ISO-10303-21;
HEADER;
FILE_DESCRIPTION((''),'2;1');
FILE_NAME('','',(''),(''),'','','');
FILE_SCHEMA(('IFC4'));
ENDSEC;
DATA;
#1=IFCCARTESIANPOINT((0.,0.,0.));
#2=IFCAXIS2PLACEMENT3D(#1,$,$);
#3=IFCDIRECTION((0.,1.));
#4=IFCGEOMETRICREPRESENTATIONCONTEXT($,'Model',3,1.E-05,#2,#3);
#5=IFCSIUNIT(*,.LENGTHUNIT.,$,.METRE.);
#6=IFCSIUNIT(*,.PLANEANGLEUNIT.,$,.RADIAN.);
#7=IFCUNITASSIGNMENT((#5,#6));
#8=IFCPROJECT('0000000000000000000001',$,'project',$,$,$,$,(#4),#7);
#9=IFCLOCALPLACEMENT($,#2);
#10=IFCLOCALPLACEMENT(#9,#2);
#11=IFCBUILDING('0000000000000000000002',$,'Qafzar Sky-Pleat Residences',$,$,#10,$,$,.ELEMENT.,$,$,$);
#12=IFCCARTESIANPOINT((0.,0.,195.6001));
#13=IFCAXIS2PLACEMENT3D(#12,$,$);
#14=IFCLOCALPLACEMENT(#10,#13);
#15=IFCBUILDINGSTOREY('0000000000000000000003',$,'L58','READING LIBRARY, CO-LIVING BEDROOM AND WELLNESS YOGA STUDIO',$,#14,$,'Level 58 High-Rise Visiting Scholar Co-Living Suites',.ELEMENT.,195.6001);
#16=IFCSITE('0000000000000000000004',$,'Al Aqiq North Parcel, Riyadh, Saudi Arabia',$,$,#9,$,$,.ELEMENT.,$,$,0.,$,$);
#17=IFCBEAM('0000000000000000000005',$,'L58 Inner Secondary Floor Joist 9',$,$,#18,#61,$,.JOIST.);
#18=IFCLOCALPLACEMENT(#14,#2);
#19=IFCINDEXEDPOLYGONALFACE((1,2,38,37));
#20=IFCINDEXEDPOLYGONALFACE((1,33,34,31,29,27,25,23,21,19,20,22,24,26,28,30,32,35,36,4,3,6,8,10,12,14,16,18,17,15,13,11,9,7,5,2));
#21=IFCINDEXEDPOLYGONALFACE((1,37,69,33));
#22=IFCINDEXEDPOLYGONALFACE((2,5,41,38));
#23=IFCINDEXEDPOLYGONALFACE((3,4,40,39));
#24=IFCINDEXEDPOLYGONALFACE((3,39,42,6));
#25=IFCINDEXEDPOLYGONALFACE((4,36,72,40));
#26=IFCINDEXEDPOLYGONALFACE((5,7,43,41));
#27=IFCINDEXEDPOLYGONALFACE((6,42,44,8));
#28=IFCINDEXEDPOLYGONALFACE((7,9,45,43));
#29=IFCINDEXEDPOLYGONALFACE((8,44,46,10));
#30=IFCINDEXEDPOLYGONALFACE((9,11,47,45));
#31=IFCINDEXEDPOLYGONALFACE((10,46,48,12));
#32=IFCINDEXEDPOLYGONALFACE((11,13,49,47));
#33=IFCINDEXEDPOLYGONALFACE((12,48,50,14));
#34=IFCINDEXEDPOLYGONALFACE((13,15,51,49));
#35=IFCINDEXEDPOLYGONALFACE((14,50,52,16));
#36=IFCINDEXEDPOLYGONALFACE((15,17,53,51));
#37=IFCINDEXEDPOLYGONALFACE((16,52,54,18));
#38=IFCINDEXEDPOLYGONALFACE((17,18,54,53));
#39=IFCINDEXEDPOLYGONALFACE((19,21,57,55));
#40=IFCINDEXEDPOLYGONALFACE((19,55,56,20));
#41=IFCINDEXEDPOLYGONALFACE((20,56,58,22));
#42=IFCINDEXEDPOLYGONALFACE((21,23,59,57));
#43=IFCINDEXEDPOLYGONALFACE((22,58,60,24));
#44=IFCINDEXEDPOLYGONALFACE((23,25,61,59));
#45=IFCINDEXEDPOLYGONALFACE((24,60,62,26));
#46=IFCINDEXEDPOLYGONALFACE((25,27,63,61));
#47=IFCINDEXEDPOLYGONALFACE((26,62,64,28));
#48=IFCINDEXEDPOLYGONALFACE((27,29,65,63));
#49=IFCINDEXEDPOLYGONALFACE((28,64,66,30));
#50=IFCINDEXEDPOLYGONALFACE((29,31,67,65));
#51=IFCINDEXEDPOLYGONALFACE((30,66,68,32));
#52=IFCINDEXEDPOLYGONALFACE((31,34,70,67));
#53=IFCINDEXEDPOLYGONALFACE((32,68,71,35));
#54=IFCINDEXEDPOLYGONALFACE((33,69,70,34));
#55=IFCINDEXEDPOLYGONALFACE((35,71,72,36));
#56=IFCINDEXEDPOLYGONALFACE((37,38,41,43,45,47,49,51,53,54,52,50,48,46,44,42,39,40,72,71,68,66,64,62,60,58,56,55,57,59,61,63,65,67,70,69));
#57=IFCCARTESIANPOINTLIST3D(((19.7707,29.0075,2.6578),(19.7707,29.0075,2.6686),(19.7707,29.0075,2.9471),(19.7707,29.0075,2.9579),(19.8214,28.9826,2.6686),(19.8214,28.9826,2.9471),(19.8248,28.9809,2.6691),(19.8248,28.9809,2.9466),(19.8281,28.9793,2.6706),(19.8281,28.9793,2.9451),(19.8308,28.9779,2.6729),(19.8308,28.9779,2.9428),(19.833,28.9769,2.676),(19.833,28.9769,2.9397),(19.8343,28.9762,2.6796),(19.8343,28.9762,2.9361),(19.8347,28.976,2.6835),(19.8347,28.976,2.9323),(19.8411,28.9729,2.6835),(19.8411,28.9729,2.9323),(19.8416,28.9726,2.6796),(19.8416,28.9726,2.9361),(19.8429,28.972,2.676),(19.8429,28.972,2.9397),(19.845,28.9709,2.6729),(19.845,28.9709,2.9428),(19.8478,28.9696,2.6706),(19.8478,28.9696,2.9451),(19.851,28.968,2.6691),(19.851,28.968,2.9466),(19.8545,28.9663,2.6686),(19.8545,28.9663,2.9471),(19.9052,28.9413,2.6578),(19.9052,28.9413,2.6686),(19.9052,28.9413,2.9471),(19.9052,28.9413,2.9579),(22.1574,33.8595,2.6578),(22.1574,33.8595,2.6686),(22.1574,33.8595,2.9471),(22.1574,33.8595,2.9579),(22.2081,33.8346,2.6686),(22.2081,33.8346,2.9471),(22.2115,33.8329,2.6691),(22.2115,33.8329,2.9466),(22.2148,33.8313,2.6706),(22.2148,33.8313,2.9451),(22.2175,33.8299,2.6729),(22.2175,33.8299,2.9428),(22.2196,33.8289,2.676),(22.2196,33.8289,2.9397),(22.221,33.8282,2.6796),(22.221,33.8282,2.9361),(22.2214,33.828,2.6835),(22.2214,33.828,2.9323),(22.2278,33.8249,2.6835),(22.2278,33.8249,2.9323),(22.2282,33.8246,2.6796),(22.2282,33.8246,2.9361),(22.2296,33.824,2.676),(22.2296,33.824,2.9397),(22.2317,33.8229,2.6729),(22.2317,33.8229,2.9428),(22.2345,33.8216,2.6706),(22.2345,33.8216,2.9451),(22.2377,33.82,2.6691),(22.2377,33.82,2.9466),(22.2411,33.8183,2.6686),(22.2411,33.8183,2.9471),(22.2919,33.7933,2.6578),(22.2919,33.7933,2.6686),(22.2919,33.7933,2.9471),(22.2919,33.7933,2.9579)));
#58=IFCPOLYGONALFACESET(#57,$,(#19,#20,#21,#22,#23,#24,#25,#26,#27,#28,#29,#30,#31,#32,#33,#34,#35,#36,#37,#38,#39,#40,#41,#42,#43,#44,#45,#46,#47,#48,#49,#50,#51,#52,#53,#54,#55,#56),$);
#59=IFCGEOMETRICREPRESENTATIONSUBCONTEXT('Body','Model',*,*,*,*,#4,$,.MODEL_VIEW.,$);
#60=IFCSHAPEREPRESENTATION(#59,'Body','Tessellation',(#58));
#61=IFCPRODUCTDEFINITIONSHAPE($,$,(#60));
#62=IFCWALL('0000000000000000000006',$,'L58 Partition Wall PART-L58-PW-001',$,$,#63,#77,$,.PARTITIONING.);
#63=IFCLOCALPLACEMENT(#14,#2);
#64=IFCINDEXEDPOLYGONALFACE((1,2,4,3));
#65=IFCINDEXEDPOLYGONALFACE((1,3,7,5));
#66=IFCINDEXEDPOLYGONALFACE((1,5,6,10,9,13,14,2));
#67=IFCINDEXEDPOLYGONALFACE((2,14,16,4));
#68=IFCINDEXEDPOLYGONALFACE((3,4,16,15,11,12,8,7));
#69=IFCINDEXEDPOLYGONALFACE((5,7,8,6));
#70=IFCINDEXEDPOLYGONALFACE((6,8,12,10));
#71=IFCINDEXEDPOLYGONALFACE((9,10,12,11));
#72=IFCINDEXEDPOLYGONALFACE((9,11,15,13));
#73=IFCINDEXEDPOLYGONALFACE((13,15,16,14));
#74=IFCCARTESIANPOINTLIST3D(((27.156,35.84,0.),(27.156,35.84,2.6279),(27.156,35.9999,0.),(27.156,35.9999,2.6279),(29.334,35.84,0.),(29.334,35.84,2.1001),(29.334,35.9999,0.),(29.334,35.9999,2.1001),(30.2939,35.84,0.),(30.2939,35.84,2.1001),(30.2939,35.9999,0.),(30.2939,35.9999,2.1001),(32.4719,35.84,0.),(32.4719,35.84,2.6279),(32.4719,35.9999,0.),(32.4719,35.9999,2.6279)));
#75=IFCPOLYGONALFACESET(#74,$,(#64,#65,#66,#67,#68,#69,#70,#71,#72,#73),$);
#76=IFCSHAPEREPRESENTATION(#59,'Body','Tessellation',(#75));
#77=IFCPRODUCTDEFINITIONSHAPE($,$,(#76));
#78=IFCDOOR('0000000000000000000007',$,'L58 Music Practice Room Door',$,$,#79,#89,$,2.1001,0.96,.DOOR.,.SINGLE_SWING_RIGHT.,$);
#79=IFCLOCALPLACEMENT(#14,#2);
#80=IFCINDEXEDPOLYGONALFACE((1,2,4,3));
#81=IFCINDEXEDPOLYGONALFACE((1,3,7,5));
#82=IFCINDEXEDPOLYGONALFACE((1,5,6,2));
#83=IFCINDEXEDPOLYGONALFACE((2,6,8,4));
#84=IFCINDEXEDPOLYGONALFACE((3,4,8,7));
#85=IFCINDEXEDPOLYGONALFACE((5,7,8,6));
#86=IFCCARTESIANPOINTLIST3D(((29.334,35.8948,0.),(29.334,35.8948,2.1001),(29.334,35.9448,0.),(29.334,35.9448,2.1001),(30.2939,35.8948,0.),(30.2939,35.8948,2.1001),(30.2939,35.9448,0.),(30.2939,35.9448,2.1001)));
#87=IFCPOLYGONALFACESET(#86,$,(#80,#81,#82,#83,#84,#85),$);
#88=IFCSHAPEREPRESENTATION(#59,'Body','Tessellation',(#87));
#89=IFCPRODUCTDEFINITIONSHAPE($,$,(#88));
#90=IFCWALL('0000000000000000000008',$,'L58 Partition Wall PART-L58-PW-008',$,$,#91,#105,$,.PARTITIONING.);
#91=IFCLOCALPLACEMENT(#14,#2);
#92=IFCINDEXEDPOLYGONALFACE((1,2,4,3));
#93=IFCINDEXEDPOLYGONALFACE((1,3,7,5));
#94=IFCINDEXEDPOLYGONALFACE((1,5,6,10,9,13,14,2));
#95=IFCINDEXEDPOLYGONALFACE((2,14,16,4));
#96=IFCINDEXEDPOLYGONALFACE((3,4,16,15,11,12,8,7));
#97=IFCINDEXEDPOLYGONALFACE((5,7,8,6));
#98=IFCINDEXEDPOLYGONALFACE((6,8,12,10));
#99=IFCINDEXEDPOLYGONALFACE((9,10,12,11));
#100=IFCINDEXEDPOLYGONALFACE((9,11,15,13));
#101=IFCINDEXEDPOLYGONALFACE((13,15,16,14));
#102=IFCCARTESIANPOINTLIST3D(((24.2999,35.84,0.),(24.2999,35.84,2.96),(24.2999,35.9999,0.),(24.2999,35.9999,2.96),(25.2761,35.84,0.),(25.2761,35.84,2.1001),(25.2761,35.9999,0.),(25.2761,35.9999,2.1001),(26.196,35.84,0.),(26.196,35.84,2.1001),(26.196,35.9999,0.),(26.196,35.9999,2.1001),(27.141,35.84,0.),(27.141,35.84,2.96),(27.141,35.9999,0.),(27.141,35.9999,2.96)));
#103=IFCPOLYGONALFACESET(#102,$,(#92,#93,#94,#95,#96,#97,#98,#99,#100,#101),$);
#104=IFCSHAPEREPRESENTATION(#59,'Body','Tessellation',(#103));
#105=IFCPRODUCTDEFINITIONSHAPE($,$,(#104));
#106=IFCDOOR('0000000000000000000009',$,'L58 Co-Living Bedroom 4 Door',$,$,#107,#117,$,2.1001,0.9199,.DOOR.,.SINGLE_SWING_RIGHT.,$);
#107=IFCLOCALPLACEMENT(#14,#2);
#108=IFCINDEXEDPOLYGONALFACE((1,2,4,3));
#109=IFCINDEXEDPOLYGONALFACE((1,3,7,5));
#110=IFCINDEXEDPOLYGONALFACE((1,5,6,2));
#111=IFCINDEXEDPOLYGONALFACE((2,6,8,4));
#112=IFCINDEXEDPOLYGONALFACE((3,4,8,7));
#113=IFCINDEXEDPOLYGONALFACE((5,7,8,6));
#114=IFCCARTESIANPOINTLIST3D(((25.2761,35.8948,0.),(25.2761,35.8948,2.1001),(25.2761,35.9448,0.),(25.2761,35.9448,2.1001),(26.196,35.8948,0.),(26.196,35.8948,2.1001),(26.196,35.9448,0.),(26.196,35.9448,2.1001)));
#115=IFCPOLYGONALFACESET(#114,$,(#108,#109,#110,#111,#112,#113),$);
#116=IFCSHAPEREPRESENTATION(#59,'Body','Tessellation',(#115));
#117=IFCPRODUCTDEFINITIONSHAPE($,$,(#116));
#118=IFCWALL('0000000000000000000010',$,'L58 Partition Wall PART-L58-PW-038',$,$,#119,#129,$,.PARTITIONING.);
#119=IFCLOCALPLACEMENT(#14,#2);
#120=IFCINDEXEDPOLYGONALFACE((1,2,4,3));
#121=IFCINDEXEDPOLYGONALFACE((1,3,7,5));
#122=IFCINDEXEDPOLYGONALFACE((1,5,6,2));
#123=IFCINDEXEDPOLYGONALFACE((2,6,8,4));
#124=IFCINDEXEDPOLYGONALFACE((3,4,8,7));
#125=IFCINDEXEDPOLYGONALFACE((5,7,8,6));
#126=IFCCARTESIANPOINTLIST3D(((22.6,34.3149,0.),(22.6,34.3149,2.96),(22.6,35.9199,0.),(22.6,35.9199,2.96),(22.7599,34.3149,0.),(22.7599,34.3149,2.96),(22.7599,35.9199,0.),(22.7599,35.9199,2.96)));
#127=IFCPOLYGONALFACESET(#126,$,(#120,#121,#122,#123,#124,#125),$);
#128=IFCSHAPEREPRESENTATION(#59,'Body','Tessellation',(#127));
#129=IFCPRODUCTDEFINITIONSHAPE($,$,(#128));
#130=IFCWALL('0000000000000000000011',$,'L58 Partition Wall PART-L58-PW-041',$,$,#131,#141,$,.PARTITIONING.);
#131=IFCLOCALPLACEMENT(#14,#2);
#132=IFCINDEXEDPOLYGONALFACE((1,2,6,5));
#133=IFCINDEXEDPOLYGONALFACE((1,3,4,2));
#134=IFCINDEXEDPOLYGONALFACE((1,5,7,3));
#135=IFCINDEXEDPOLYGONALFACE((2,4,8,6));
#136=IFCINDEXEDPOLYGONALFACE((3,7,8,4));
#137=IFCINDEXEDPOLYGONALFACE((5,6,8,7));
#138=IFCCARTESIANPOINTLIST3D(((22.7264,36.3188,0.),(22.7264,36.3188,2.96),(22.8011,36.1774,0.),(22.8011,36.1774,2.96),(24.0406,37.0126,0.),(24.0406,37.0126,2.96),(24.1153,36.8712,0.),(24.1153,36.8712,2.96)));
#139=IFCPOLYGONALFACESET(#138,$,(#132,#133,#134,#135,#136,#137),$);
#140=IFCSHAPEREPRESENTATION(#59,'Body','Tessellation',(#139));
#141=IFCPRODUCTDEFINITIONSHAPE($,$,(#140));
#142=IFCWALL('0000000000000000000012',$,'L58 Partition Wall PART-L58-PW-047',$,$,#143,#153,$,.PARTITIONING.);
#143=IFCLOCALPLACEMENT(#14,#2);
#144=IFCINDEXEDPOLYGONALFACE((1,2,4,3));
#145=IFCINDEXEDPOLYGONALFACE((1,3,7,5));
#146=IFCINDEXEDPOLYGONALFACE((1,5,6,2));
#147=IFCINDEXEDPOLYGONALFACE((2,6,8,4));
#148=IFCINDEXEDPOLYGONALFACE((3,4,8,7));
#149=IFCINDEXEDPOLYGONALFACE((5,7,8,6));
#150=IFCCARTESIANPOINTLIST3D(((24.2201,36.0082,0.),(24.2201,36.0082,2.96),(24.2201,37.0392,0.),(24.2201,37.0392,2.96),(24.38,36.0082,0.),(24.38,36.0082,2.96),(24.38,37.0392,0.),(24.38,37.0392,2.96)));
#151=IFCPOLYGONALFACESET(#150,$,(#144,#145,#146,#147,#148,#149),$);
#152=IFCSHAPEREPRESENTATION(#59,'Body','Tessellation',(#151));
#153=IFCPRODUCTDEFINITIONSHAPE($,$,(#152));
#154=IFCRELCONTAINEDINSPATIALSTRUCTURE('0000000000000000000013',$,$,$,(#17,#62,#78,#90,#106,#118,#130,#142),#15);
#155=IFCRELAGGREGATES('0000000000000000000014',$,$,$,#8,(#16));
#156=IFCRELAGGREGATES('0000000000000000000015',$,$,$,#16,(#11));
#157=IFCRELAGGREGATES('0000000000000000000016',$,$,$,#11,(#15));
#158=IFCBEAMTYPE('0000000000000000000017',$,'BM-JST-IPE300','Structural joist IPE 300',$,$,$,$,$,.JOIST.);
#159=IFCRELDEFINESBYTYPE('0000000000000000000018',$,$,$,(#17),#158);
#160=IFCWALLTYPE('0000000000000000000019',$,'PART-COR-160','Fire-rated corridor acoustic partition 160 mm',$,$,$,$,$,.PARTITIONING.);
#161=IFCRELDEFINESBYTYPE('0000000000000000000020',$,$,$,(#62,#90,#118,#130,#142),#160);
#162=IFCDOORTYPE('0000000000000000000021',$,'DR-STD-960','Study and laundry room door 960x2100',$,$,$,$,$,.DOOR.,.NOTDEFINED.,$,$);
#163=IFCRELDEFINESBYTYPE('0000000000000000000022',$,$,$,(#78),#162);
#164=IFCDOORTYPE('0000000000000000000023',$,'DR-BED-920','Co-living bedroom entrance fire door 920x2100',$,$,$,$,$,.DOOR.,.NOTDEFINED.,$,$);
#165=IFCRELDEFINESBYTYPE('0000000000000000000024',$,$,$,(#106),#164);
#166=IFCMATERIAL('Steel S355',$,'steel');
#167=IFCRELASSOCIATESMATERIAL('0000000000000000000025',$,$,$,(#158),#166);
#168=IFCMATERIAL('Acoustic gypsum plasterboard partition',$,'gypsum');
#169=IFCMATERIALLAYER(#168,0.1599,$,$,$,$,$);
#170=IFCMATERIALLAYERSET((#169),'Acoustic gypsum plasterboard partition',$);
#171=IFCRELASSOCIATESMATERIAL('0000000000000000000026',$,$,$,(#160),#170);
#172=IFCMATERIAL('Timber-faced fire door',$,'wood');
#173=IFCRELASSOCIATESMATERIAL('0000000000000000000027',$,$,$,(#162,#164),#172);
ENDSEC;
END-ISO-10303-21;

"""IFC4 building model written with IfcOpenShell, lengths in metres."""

from ifc_helpers import new_model, si_unit, direction, frame, frame_2d, origin, origin_2d, place, context, subcontext, project, spatial, rectangle, i_section, extrude, source, transform, mapped, material, layer, layer_set, material_profile, profile_set, type_object, element, fill, save


model = new_model("IFC4")

# Units and contexts
model_context = context("Model", 3, precision=1e-05, world=origin(), true_north=direction((0.0, 1.0)))
body_context = subcontext(model_context, "Body", "Model", "MODEL_VIEW")
ifc_project = project(units=[si_unit("LENGTHUNIT", "METRE"), si_unit("PLANEANGLEUNIT", "RADIAN")], contexts=[model_context])

# Site, building, storey
site_placement = place(None, origin())
site = spatial("IfcSite", under=ifc_project, at=site_placement, Name="Al Aqiq North Parcel, Riyadh, Saudi Arabia", CompositionType="ELEMENT", RefElevation=0.0)
building_placement = place(site_placement, origin())
building = spatial("IfcBuilding", under=site, at=building_placement, Name="Qafzar Sky-Pleat Residences", CompositionType="ELEMENT")
storey_placement = place(building_placement, frame((0.0, 0.0, 195.6001)))
storey = spatial("IfcBuildingStorey", under=building, at=storey_placement, Name="L58", Description="READING LIBRARY, CO-LIVING BEDROOM AND WELLNESS YOGA STUDIO", LongName="Level 58 High-Rise Visiting Scholar Co-Living Suites", CompositionType="ELEMENT", Elevation=195.6001)

# Beam
ifc_material_1 = material(Name="Steel S355", Category="steel")
ifc_material_profile = material_profile(ifc_material_1, i_section(OverallWidth=0.1499, OverallDepth=0.3, WebThickness=0.0071, FlangeThickness=0.0107, FilletRadius=0.0149, at=origin_2d()), Name="IPE 300")
ifc_profile_set = profile_set([ifc_material_profile], Name="Steel S355")
beam_type = type_object("IfcBeamType", Name="BM-JST-IPE300", Description="Structural joist IPE 300", PredefinedType="JOIST", material=ifc_profile_set)
shared_shape_1 = source(origin(), body_context, "Body", "SweptSolid", [
    extrude(i_section(OverallWidth=0.1499, OverallDepth=0.3, WebThickness=0.0071, FlangeThickness=0.0107, FilletRadius=0.0149, at=origin_2d()), origin(), (0.0, 0.0, 1.0), 5.4072),
])
beam_placement = place(storey_placement, frame((22.2246, 33.8264, 2.8079), z_axis=(-0.441389, -0.897316, 0.0), x_axis=(0.897316, -0.441389, 0.0)))
element("IfcBeam", 1, at=beam_placement, inside=storey, type_object=beam_type, Name="L58 Inner Secondary Floor Joist 9", PredefinedType="JOIST", context=body_context, shape_type="MappedRepresentation", body=[
    mapped(shared_shape_1, transform((0.0, 0.0, 0.0), x_axis=(1.0, 0.0, 0.0), y_axis=(0.0, 1.0, 0.0), z_axis=(0.0, 0.0, 1.0), scale=1.0)),
])

# Walls, openings, doors
ifc_material_2 = material(Name="Acoustic gypsum plasterboard partition", Category="gypsum")
ifc_layer_1 = layer(ifc_material_2, 0.1599)
ifc_layer_set_1 = layer_set([ifc_layer_1], Name="Acoustic gypsum plasterboard partition")
wall_type_1 = type_object("IfcWallType", Name="PART-COR-160", Description="Fire-rated corridor acoustic partition 160 mm", PredefinedType="PARTITIONING", material=ifc_layer_set_1)
wall_1_placement = place(storey_placement, frame((27.156, 35.9199, 0.0), z_axis=(0.0, 0.0, 1.0), x_axis=(1.0, 0.0, 0.0)))
wall_1 = element("IfcWall", 2, at=wall_1_placement, inside=storey, type_object=wall_type_1, Name="L58 Partition Wall PART-L58-PW-001", PredefinedType="PARTITIONING", context=body_context, shape_type="SweptSolid", body=[
    extrude(rectangle(XDim=5.3159, YDim=0.1599, at=frame_2d((2.658, 0.0))), origin(), (0.0, 0.0, 1.0), 2.6279),
])
opening_1_placement = place(wall_1_placement, frame((2.178, 0.0, 0.0)))
opening_1 = element("IfcOpeningElement", 3, at=opening_1_placement, cuts=wall_1, PredefinedType="OPENING", context=body_context, shape_type="SweptSolid", body=[
    extrude(rectangle(XDim=0.96, YDim=2.1001, at=frame_2d((0.48, 1.05))), frame((0.0, 0.0898, 0.0), z_axis=(0.0, -1.0, 0.0), x_axis=(1.0, 0.0, 0.0)), (0.0, 0.0, 1.0), 0.1799),
])
ifc_material_3 = material(Name="Timber-faced fire door", Category="wood")
door_type_1 = type_object("IfcDoorType", Name="DR-STD-960", Description="Study and laundry room door 960x2100", OperationType="NOTDEFINED", PredefinedType="DOOR", material=ifc_material_3)
shared_shape_2 = source(origin(), body_context, "Body", "SweptSolid", [
    extrude(rectangle(XDim=0.96, YDim=2.1001, at=frame_2d((0.48, 1.05))), frame((0.0, 0.0249, 0.0), z_axis=(0.0, -1.0, 0.0), x_axis=(1.0, 0.0, 0.0)), (0.0, 0.0, 1.0), 0.05),
])
door_1_placement = place(opening_1_placement, origin())
door_1 = element("IfcDoor", 4, at=door_1_placement, inside=storey, type_object=door_type_1, Name="L58 Music Practice Room Door", OperationType="SINGLE_SWING_RIGHT", OverallHeight=2.1001, OverallWidth=0.96, PredefinedType="DOOR", context=body_context, shape_type="MappedRepresentation", body=[
    mapped(shared_shape_2, transform((0.0, 0.0, 0.0), x_axis=(1.0, 0.0, 0.0), y_axis=(0.0, 1.0, 0.0), z_axis=(0.0, 0.0, 1.0), scale=1.0)),
])
fill(opening_1, door_1)
wall_2_placement = place(storey_placement, frame((24.3, 35.9199, 0.0), z_axis=(0.0, 0.0, 1.0), x_axis=(1.0, 0.0, 0.0)))
wall_2 = element("IfcWall", 5, at=wall_2_placement, inside=storey, type_object=wall_type_1, Name="L58 Partition Wall PART-L58-PW-008", PredefinedType="PARTITIONING", context=body_context, shape_type="SweptSolid", body=[
    extrude(rectangle(XDim=2.8411, YDim=0.1599, at=frame_2d((1.4204, 0.0))), origin(), (0.0, 0.0, 1.0), 2.96),
])
opening_2_placement = place(wall_2_placement, frame((0.9761, 0.0, 0.0)))
opening_2 = element("IfcOpeningElement", 6, at=opening_2_placement, cuts=wall_2, PredefinedType="OPENING", context=body_context, shape_type="SweptSolid", body=[
    extrude(rectangle(XDim=0.9199, YDim=2.1001, at=frame_2d((0.46, 1.05))), frame((0.0, 0.0898, 0.0), z_axis=(0.0, -1.0, 0.0), x_axis=(1.0, 0.0, 0.0)), (0.0, 0.0, 1.0), 0.1799),
])
door_type_2 = type_object("IfcDoorType", Name="DR-BED-920", Description="Co-living bedroom entrance fire door 920x2100", OperationType="NOTDEFINED", PredefinedType="DOOR", material=ifc_material_3)
shared_shape_3 = source(origin(), body_context, "Body", "SweptSolid", [
    extrude(rectangle(XDim=0.9199, YDim=2.1001, at=frame_2d((0.46, 1.05))), frame((0.0, 0.0249, 0.0), z_axis=(0.0, -1.0, 0.0), x_axis=(1.0, 0.0, 0.0)), (0.0, 0.0, 1.0), 0.05),
])
door_2_placement = place(opening_2_placement, origin())
door_2 = element("IfcDoor", 7, at=door_2_placement, inside=storey, type_object=door_type_2, Name="L58 Co-Living Bedroom 4 Door", OperationType="SINGLE_SWING_RIGHT", OverallHeight=2.1001, OverallWidth=0.9199, PredefinedType="DOOR", context=body_context, shape_type="MappedRepresentation", body=[
    mapped(shared_shape_3, transform((0.0, 0.0, 0.0), x_axis=(1.0, 0.0, 0.0), y_axis=(0.0, 1.0, 0.0), z_axis=(0.0, 0.0, 1.0), scale=1.0)),
])
fill(opening_2, door_2)

# Walls
wall_3_placement = place(storey_placement, frame((22.6799, 34.3149, 0.0), z_axis=(0.0, 0.0, 1.0), x_axis=(0.0, 1.0, 0.0)))
element("IfcWall", 8, at=wall_3_placement, inside=storey, type_object=wall_type_1, Name="L58 Partition Wall PART-L58-PW-038", PredefinedType="PARTITIONING", context=body_context, shape_type="SweptSolid", body=[
    extrude(rectangle(XDim=1.605, YDim=0.1599, at=frame_2d((0.8025, 0.0))), origin(), (0.0, 0.0, 1.0), 2.96),
])
wall_4_placement = place(storey_placement, frame((22.7637, 36.248, 0.0), z_axis=(0.0, 0.0, 1.0), x_axis=(0.884319, 0.466884, 0.0)))
element("IfcWall", 9, at=wall_4_placement, inside=storey, type_object=wall_type_1, Name="L58 Partition Wall PART-L58-PW-041", PredefinedType="PARTITIONING", context=body_context, shape_type="SweptSolid", body=[
    extrude(rectangle(XDim=1.4861, YDim=0.1599, at=frame_2d((0.7432, 0.0))), origin(), (0.0, 0.0, 1.0), 2.96),
])
wall_5_placement = place(storey_placement, frame((24.3, 36.0081, 0.0), z_axis=(0.0, 0.0, 1.0), x_axis=(0.0, 1.0, 0.0)))
element("IfcWall", 10, at=wall_5_placement, inside=storey, type_object=wall_type_1, Name="L58 Partition Wall PART-L58-PW-047", PredefinedType="PARTITIONING", context=body_context, shape_type="SweptSolid", body=[
    extrude(rectangle(XDim=1.031, YDim=0.1599, at=frame_2d((0.5156, 0.0))), origin(), (0.0, 0.0, 1.0), 2.96),
])

save(model, "model.ifc")
